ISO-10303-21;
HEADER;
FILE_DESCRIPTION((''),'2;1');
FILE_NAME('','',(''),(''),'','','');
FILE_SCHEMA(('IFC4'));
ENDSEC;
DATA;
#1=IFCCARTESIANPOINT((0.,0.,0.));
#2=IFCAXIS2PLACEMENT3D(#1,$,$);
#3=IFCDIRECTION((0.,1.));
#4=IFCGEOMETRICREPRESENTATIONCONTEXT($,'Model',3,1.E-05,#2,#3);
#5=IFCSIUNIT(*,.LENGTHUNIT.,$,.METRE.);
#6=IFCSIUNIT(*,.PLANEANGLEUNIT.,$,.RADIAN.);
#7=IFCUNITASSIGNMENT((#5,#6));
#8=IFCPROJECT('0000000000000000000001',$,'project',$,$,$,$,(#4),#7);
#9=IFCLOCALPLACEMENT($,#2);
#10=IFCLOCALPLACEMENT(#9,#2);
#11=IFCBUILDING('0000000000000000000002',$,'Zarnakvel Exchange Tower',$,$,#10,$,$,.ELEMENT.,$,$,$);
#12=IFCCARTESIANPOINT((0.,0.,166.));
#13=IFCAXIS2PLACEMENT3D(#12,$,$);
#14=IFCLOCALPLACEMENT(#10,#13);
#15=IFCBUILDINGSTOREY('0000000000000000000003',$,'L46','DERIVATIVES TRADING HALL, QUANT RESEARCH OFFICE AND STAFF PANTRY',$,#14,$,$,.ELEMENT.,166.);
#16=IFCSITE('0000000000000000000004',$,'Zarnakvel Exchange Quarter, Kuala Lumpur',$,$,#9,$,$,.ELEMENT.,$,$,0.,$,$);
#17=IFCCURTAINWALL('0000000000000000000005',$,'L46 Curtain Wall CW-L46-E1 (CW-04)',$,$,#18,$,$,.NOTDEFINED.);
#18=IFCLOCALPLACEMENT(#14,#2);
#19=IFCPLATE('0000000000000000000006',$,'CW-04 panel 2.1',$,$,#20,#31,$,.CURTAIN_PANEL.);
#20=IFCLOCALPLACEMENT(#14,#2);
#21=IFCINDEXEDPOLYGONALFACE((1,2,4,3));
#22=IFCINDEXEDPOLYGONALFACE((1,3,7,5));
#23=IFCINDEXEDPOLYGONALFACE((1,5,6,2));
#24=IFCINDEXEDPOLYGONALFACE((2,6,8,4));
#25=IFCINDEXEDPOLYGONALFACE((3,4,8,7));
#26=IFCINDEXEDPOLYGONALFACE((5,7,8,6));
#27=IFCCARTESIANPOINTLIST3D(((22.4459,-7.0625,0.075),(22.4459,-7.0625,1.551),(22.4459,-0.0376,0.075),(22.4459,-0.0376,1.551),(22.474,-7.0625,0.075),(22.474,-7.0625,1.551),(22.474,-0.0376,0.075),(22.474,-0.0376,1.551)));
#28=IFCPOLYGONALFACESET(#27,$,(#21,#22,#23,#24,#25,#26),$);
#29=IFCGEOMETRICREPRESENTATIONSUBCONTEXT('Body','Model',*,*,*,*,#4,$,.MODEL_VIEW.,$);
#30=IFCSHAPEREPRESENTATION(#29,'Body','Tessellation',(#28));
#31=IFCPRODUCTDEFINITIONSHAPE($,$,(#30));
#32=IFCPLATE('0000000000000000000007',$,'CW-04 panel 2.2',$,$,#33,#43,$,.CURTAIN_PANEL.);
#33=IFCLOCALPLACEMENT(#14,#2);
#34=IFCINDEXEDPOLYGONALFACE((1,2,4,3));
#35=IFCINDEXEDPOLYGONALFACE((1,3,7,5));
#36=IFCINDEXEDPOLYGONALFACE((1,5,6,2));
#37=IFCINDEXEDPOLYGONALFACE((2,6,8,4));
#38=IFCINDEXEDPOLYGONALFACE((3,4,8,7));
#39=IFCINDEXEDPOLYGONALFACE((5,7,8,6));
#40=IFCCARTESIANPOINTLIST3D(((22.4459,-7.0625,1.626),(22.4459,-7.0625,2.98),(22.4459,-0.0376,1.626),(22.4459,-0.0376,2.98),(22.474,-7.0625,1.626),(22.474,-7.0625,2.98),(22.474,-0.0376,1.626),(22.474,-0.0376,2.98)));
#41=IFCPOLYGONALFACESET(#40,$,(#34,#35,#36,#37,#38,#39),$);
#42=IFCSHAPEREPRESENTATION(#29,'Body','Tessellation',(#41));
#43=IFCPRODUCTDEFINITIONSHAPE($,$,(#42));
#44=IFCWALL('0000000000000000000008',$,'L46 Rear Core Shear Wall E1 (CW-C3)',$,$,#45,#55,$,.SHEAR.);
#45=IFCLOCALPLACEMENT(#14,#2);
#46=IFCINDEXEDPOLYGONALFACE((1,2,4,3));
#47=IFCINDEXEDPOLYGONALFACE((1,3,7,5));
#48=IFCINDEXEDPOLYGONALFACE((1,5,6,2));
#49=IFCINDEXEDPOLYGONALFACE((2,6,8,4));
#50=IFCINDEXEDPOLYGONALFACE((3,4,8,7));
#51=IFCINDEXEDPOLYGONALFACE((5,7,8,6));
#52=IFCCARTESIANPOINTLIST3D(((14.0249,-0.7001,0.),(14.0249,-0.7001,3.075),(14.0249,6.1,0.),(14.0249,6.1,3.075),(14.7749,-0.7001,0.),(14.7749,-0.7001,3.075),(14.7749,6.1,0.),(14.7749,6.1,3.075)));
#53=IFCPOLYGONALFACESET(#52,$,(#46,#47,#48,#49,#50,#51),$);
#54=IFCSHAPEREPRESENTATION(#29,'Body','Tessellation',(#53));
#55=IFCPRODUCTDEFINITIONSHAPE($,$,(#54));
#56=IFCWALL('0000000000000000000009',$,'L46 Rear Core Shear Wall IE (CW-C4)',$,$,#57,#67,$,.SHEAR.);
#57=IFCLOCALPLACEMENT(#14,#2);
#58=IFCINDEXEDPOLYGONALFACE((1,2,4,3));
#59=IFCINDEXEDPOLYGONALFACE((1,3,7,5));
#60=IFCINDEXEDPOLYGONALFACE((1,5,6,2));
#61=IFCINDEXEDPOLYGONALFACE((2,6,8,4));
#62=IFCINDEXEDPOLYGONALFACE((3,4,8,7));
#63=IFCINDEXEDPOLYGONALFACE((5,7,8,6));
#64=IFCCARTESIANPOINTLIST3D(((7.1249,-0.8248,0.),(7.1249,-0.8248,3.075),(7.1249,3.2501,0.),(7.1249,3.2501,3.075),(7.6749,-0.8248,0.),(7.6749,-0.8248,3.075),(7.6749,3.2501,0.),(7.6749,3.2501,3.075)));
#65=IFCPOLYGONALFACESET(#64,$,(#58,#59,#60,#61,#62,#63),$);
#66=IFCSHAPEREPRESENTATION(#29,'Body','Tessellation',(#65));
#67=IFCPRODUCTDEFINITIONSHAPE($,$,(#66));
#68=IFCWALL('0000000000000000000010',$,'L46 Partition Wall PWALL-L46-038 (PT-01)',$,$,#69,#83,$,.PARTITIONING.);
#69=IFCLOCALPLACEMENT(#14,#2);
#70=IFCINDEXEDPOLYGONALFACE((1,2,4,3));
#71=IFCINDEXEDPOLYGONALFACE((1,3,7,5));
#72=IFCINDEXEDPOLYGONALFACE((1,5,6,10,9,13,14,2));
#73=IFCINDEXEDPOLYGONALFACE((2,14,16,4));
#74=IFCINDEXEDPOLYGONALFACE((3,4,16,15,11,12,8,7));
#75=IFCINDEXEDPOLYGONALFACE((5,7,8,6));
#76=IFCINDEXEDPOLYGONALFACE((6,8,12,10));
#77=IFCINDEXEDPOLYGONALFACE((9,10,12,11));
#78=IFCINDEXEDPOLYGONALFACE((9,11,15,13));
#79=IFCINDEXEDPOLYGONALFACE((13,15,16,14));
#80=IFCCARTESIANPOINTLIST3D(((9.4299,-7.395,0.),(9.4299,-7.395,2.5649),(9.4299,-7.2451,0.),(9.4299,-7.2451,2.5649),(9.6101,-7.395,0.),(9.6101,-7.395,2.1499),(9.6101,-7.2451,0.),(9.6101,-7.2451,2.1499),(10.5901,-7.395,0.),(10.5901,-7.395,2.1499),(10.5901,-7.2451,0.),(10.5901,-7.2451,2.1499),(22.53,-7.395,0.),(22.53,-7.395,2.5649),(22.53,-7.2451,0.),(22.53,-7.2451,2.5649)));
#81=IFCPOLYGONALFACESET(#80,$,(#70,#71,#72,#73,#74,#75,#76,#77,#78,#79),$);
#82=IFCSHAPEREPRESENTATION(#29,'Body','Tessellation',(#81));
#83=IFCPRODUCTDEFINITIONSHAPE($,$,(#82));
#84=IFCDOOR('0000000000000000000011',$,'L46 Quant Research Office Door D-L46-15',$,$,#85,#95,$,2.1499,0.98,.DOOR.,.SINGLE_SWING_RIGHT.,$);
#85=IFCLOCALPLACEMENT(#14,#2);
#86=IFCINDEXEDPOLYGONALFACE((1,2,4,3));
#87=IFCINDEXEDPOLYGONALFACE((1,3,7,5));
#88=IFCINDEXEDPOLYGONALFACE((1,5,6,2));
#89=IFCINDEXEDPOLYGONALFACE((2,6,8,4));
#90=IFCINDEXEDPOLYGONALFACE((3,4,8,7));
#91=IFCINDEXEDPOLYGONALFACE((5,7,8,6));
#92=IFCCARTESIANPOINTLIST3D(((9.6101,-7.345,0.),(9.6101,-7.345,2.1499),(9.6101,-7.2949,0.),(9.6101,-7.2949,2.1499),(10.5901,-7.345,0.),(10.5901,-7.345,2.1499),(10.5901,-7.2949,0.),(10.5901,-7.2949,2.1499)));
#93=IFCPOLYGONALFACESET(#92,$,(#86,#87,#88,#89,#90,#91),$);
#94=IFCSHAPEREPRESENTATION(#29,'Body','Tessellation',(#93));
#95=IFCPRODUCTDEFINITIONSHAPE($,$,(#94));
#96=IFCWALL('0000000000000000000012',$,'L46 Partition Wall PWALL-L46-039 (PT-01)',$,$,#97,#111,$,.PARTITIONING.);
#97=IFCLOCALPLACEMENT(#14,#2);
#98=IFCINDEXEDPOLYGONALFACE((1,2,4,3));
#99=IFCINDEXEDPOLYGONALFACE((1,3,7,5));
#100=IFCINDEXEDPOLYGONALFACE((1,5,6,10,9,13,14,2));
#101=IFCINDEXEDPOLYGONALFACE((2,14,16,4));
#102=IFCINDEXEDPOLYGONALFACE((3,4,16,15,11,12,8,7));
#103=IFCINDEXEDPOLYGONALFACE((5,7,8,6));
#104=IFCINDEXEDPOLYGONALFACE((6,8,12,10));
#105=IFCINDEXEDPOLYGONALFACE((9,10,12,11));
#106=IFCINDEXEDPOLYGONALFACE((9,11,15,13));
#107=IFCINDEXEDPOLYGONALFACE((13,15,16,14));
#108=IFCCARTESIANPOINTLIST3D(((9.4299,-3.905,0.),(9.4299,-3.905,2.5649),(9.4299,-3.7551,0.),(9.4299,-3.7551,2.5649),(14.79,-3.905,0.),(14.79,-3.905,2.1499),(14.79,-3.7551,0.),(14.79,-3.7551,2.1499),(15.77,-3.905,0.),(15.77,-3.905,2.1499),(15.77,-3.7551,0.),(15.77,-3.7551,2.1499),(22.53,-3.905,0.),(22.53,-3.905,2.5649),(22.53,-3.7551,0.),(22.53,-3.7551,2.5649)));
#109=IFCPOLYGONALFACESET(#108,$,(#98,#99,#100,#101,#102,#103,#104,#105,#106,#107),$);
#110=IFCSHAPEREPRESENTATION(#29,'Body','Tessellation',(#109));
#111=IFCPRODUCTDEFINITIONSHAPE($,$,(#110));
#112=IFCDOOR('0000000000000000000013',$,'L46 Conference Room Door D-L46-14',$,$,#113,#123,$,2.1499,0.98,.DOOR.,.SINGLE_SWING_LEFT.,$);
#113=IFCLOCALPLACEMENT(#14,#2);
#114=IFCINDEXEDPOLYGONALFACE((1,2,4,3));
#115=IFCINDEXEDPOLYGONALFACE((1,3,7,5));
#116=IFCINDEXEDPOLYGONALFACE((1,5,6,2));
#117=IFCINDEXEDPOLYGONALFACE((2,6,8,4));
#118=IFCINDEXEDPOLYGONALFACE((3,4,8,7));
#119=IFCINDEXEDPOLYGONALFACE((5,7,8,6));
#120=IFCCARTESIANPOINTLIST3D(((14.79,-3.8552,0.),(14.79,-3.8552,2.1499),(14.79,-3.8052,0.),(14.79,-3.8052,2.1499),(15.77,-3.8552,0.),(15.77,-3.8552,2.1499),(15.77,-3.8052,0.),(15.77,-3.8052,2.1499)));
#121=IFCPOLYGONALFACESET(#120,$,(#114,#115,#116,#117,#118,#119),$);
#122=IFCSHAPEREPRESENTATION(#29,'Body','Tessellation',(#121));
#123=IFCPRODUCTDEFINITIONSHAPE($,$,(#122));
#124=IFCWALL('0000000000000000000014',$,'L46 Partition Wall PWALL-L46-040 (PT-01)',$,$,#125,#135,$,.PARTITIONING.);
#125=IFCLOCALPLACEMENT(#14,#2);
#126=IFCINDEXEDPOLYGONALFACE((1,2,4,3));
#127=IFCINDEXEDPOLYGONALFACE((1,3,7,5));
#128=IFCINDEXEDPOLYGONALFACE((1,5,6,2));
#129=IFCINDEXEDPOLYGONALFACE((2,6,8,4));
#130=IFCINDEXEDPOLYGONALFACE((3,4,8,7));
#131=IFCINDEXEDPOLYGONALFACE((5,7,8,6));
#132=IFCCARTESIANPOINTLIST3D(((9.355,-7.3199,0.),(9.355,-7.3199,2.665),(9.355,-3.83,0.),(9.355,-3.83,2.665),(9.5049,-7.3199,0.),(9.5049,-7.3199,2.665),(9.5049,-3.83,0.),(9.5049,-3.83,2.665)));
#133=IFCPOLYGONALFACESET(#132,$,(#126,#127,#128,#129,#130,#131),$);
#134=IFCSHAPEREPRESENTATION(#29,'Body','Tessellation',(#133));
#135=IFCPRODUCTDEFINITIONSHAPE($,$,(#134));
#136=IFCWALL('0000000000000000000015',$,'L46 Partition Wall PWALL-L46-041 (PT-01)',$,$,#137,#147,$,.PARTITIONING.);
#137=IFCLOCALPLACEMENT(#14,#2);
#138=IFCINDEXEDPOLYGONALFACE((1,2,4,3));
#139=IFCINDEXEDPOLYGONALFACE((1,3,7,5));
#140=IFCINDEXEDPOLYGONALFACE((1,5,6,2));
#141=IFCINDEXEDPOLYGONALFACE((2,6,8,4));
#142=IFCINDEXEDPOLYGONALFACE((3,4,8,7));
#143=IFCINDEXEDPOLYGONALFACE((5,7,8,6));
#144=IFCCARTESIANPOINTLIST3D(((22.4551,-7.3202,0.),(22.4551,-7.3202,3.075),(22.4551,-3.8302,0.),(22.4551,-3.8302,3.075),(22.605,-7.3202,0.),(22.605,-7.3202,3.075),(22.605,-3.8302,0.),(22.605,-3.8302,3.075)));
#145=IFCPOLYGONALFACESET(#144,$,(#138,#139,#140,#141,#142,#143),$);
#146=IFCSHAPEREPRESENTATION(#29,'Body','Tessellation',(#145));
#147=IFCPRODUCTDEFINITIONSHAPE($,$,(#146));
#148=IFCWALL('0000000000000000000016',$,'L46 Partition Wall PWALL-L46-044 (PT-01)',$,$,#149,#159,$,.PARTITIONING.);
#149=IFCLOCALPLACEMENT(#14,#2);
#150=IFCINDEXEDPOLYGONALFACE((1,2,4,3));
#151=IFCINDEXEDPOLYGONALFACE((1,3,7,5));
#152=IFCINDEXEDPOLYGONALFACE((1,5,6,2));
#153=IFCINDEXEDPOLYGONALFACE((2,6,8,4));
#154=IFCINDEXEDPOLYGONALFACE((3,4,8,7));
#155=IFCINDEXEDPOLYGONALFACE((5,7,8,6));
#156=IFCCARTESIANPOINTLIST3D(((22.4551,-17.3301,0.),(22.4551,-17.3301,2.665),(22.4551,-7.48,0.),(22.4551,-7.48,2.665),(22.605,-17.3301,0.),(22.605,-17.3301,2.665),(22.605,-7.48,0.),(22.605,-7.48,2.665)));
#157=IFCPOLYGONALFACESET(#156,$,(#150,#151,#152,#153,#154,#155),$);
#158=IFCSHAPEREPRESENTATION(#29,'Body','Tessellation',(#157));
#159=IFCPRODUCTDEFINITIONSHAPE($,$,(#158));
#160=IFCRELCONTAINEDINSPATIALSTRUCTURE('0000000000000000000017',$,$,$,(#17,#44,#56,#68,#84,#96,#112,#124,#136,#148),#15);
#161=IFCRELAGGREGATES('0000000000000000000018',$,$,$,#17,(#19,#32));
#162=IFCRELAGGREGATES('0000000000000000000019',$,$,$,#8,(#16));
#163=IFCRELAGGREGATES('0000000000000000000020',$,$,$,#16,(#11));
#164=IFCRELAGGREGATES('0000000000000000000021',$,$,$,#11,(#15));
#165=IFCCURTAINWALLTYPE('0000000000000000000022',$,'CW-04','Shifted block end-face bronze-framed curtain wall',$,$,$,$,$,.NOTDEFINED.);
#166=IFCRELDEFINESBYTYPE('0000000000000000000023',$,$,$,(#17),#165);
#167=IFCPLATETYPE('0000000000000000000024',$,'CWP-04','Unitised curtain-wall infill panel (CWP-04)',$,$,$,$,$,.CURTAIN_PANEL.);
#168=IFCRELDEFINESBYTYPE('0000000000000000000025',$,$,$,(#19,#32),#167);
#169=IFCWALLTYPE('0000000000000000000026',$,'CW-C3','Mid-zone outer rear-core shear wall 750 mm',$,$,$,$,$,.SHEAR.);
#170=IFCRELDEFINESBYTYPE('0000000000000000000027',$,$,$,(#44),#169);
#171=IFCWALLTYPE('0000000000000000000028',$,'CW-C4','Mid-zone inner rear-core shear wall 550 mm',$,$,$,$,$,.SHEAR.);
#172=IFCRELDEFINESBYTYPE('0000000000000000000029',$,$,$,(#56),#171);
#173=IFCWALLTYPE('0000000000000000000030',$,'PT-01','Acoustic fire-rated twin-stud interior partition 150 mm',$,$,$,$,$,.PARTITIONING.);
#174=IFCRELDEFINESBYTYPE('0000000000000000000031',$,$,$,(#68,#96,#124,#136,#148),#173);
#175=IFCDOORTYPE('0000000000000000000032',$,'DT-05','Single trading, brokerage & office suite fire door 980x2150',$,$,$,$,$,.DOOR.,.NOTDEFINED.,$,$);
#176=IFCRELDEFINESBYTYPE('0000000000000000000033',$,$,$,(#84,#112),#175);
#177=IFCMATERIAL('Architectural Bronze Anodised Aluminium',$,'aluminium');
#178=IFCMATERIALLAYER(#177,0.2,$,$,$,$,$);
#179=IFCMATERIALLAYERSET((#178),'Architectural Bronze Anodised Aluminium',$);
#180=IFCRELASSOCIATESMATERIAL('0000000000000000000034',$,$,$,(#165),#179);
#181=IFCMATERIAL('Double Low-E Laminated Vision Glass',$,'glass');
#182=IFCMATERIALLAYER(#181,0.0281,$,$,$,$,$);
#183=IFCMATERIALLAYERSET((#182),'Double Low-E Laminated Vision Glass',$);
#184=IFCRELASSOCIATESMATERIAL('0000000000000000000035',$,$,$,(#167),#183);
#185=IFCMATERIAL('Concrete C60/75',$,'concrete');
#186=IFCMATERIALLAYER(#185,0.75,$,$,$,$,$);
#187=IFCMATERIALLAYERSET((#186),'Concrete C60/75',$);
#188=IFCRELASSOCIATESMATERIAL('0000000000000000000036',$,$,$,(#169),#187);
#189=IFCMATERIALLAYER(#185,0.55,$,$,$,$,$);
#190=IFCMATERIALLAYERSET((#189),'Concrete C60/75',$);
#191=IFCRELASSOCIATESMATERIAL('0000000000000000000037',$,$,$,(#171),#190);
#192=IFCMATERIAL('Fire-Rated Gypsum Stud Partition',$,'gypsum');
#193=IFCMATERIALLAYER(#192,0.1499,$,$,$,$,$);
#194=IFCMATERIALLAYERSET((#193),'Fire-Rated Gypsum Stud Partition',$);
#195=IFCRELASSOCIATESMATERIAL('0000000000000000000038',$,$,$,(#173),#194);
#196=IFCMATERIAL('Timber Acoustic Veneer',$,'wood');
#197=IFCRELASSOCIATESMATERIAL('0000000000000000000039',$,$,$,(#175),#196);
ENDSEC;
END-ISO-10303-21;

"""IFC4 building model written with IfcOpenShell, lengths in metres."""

from ifc_helpers import new_model, si_unit, direction, frame, frame_2d, origin, origin_2d, place, context, subcontext, project, spatial, rectangle, extrude, source, transform, mapped, material, layer, layer_set, type_object, element, fill, aggregate, save


model = new_model("IFC4")

# Units and contexts
model_context = context("Model", 3, precision=1e-05, world=origin(), true_north=direction((0.0, 1.0)))
body_context = subcontext(model_context, "Body", "Model", "MODEL_VIEW")
ifc_project = project(units=[si_unit("LENGTHUNIT", "METRE"), si_unit("PLANEANGLEUNIT", "RADIAN")], contexts=[model_context])

# Site, building, storey
site_placement = place(None, origin())
site = spatial("IfcSite", under=ifc_project, at=site_placement, Name="Zarnakvel Exchange Quarter, Kuala Lumpur", CompositionType="ELEMENT", RefElevation=0.0)
building_placement = place(site_placement, origin())
building = spatial("IfcBuilding", under=site, at=building_placement, Name="Zarnakvel Exchange Tower", CompositionType="ELEMENT")
storey_placement = place(building_placement, frame((0.0, 0.0, 166.0)))
storey = spatial("IfcBuildingStorey", under=building, at=storey_placement, Name="L46", Description="DERIVATIVES TRADING HALL, QUANT RESEARCH OFFICE AND STAFF PANTRY", CompositionType="ELEMENT", Elevation=166.0)

# Shared definitions
ifc_material_1 = material(Name="Concrete C60/75", Category="concrete")

# Curtain wall, plates
ifc_material_2 = material(Name="Architectural Bronze Anodised Aluminium", Category="aluminium")
ifc_layer_1 = layer(ifc_material_2, 0.2)
ifc_layer_set_1 = layer_set([ifc_layer_1], Name="Architectural Bronze Anodised Aluminium")
curtain_wall_type = type_object("IfcCurtainWallType", Name="CW-04", Description="Shifted block end-face bronze-framed curtain wall", PredefinedType="NOTDEFINED", material=ifc_layer_set_1)
curtain_wall_placement = place(storey_placement, origin())
curtain_wall = element("IfcCurtainWall", 1, at=curtain_wall_placement, inside=storey, type_object=curtain_wall_type, Name="L46 Curtain Wall CW-L46-E1 (CW-04)", PredefinedType="NOTDEFINED")
ifc_material_3 = material(Name="Double Low-E Laminated Vision Glass", Category="glass")
ifc_layer_2 = layer(ifc_material_3, 0.0281)
ifc_layer_set_2 = layer_set([ifc_layer_2], Name="Double Low-E Laminated Vision Glass")
plate_type = type_object("IfcPlateType", Name="CWP-04", Description="Unitised curtain-wall infill panel (CWP-04)", PredefinedType="CURTAIN_PANEL", material=ifc_layer_set_2)
shared_shape_1 = source(origin(), body_context, "Body", "SweptSolid", [
    extrude(rectangle(XDim=7.0249, YDim=0.0281, at=origin_2d()), origin(), (0.0, 0.0, 1.0), 1.4761),
])
plate_1_placement = place(storey_placement, frame((22.46, -3.55, 0.075), z_axis=(0.0, 0.0, 1.0), x_axis=(0.0, 1.0, 0.0)))
plate_1 = element("IfcPlate", 2, at=plate_1_placement, type_object=plate_type, Name="CW-04 panel 2.1", PredefinedType="CURTAIN_PANEL", context=body_context, shape_type="MappedRepresentation", body=[
    mapped(shared_shape_1, transform((0.0, 0.0, 0.0), x_axis=(1.0, 0.0, 0.0), y_axis=(0.0, 1.0, 0.0), z_axis=(0.0, 0.0, 1.0), scale=1.0)),
])
shared_shape_2 = source(origin(), body_context, "Body", "SweptSolid", [
    extrude(rectangle(XDim=7.0249, YDim=0.0281, at=origin_2d()), origin(), (0.0, 0.0, 1.0), 1.354),
])
plate_2_placement = place(storey_placement, frame((22.46, -3.55, 1.626), z_axis=(0.0, 0.0, 1.0), x_axis=(0.0, 1.0, 0.0)))
plate_2 = element("IfcPlate", 3, at=plate_2_placement, type_object=plate_type, Name="CW-04 panel 2.2", PredefinedType="CURTAIN_PANEL", context=body_context, shape_type="MappedRepresentation", body=[
    mapped(shared_shape_2, transform((0.0, 0.0, 0.0), x_axis=(1.0, 0.0, 0.0), y_axis=(0.0, 1.0, 0.0), z_axis=(0.0, 0.0, 1.0), scale=1.0)),
])
aggregate(curtain_wall, [plate_1, plate_2])

# Wall
ifc_layer_3 = layer(ifc_material_1, 0.75)
ifc_layer_set_3 = layer_set([ifc_layer_3], Name="Concrete C60/75")
wall_type_1 = type_object("IfcWallType", Name="CW-C3", Description="Mid-zone outer rear-core shear wall 750 mm", PredefinedType="SHEAR", material=ifc_layer_set_3)
wall_1_placement = place(storey_placement, frame((14.3999, -0.7, 0.0), z_axis=(0.0, 0.0, 1.0), x_axis=(0.0, 1.0, 0.0)))
element("IfcWall", 4, at=wall_1_placement, inside=storey, type_object=wall_type_1, Name="L46 Rear Core Shear Wall E1 (CW-C3)", PredefinedType="SHEAR", context=body_context, shape_type="SweptSolid", body=[
    extrude(rectangle(XDim=6.8, YDim=0.75, at=frame_2d((3.3999, 0.0))), origin(), (0.0, 0.0, 1.0), 3.075),
])

# Wall
ifc_layer_4 = layer(ifc_material_1, 0.55)
ifc_layer_set_4 = layer_set([ifc_layer_4], Name="Concrete C60/75")
wall_type_2 = type_object("IfcWallType", Name="CW-C4", Description="Mid-zone inner rear-core shear wall 550 mm", PredefinedType="SHEAR", material=ifc_layer_set_4)
wall_2_placement = place(storey_placement, frame((7.3999, -0.825, 0.0), z_axis=(0.0, 0.0, 1.0), x_axis=(0.0, 1.0, 0.0)))
element("IfcWall", 5, at=wall_2_placement, inside=storey, type_object=wall_type_2, Name="L46 Rear Core Shear Wall IE (CW-C4)", PredefinedType="SHEAR", context=body_context, shape_type="SweptSolid", body=[
    extrude(rectangle(XDim=4.075, YDim=0.55, at=frame_2d((2.0376, 0.0))), origin(), (0.0, 0.0, 1.0), 3.075),
])

# Walls, openings, doors
ifc_material_4 = material(Name="Fire-Rated Gypsum Stud Partition", Category="gypsum")
ifc_layer_5 = layer(ifc_material_4, 0.1499)
ifc_layer_set_5 = layer_set([ifc_layer_5], Name="Fire-Rated Gypsum Stud Partition")
wall_type_3 = type_object("IfcWallType", Name="PT-01", Description="Acoustic fire-rated twin-stud interior partition 150 mm", PredefinedType="PARTITIONING", material=ifc_layer_set_5)
wall_3_placement = place(storey_placement, frame((22.53, -7.3201, 0.0), z_axis=(0.0, 0.0, 1.0), x_axis=(-1.0, 0.0, 0.0)))
wall_3 = element("IfcWall", 6, at=wall_3_placement, inside=storey, type_object=wall_type_3, Name="L46 Partition Wall PWALL-L46-038 (PT-01)", PredefinedType="PARTITIONING", context=body_context, shape_type="SweptSolid", body=[
    extrude(rectangle(XDim=13.1001, YDim=0.1499, at=frame_2d((6.55, 0.0))), origin(), (0.0, 0.0, 1.0), 2.5649),
])
opening_1_placement = place(wall_3_placement, frame((11.9399, 0.0, 0.0)))
opening_1 = element("IfcOpeningElement", 7, at=opening_1_placement, cuts=wall_3, PredefinedType="OPENING", context=body_context, shape_type="SweptSolid", body=[
    extrude(rectangle(XDim=0.98, YDim=2.1499, at=frame_2d((0.49, 1.075))), frame((0.0, 0.085, 0.0), z_axis=(0.0, -1.0, 0.0), x_axis=(1.0, 0.0, 0.0)), (0.0, 0.0, 1.0), 0.1699),
])
ifc_material_5 = material(Name="Timber Acoustic Veneer", Category="wood")
door_type_1 = type_object("IfcDoorType", Name="DT-05", Description="Single trading, brokerage & office suite fire door 980x2150", OperationType="NOTDEFINED", PredefinedType="DOOR", material=ifc_material_5)
shared_shape_3 = source(origin(), body_context, "Body", "SweptSolid", [
    extrude(rectangle(XDim=0.98, YDim=2.1499, at=frame_2d((0.49, 1.075))), frame((0.0, 0.0249, 0.0), z_axis=(0.0, -1.0, 0.0), x_axis=(1.0, 0.0, 0.0)), (0.0, 0.0, 1.0), 0.05),
])
door_1_placement = place(opening_1_placement, origin())
door_1 = element("IfcDoor", 8, at=door_1_placement, inside=storey, type_object=door_type_1, Name="L46 Quant Research Office Door D-L46-15", OperationType="SINGLE_SWING_RIGHT", OverallHeight=2.1499, OverallWidth=0.98, PredefinedType="DOOR", context=body_context, shape_type="MappedRepresentation", body=[
    mapped(shared_shape_3, transform((0.0, 0.0, 0.0), x_axis=(1.0, 0.0, 0.0), y_axis=(0.0, 1.0, 0.0), z_axis=(0.0, 0.0, 1.0), scale=1.0)),
])
fill(opening_1, door_1)
wall_4_placement = place(storey_placement, frame((9.4299, -3.8301, 0.0), z_axis=(0.0, 0.0, 1.0), x_axis=(1.0, 0.0, 0.0)))
wall_4 = element("IfcWall", 9, at=wall_4_placement, inside=storey, type_object=wall_type_3, Name="L46 Partition Wall PWALL-L46-039 (PT-01)", PredefinedType="PARTITIONING", context=body_context, shape_type="SweptSolid", body=[
    extrude(rectangle(XDim=13.1001, YDim=0.1499, at=frame_2d((6.55, 0.0))), origin(), (0.0, 0.0, 1.0), 2.5649),
])
opening_2_placement = place(wall_4_placement, frame((5.3601, 0.0, 0.0)))
opening_2 = element("IfcOpeningElement", 10, at=opening_2_placement, cuts=wall_4, PredefinedType="OPENING", context=body_context, shape_type="SweptSolid", body=[
    extrude(rectangle(XDim=0.98, YDim=2.1499, at=frame_2d((0.49, 1.075))), frame((0.0, 0.085, 0.0), z_axis=(0.0, -1.0, 0.0), x_axis=(1.0, 0.0, 0.0)), (0.0, 0.0, 1.0), 0.1699),
])
door_2_placement = place(opening_2_placement, origin())
door_2 = element("IfcDoor", 11, at=door_2_placement, inside=storey, type_object=door_type_1, Name="L46 Conference Room Door D-L46-14", OperationType="SINGLE_SWING_LEFT", OverallHeight=2.1499, OverallWidth=0.98, PredefinedType="DOOR", context=body_context, shape_type="MappedRepresentation", body=[
    mapped(shared_shape_3, transform((0.0, 0.0, 0.0), x_axis=(1.0, 0.0, 0.0), y_axis=(0.0, 1.0, 0.0), z_axis=(0.0, 0.0, 1.0), scale=1.0)),
])
fill(opening_2, door_2)

# Walls
wall_5_placement = place(storey_placement, frame((9.4299, -7.3201, 0.0), z_axis=(0.0, 0.0, 1.0), x_axis=(0.0, 1.0, 0.0)))
element("IfcWall", 12, at=wall_5_placement, inside=storey, type_object=wall_type_3, Name="L46 Partition Wall PWALL-L46-040 (PT-01)", PredefinedType="PARTITIONING", context=body_context, shape_type="SweptSolid", body=[
    extrude(rectangle(XDim=3.49, YDim=0.1499, at=frame_2d((1.7451, 0.0))), origin(), (0.0, 0.0, 1.0), 2.665),
])
wall_6_placement = place(storey_placement, frame((22.53, -3.8301, 0.0), z_axis=(0.0, 0.0, 1.0), x_axis=(0.0, -1.0, 0.0)))
element("IfcWall", 13, at=wall_6_placement, inside=storey, type_object=wall_type_3, Name="L46 Partition Wall PWALL-L46-041 (PT-01)", PredefinedType="PARTITIONING", context=body_context, shape_type="SweptSolid", body=[
    extrude(rectangle(XDim=3.49, YDim=0.1499, at=frame_2d((1.7451, 0.0))), origin(), (0.0, 0.0, 1.0), 3.075),
])
wall_7_placement = place(storey_placement, frame((22.53, -7.48, 0.0), z_axis=(0.0, 0.0, 1.0), x_axis=(0.0, -1.0, 0.0)))
element("IfcWall", 14, at=wall_7_placement, inside=storey, type_object=wall_type_3, Name="L46 Partition Wall PWALL-L46-044 (PT-01)", PredefinedType="PARTITIONING", context=body_context, shape_type="SweptSolid", body=[
    extrude(rectangle(XDim=9.8501, YDim=0.1499, at=frame_2d((4.925, 0.0))), origin(), (0.0, 0.0, 1.0), 2.665),
])

save(model, "model.ifc")
